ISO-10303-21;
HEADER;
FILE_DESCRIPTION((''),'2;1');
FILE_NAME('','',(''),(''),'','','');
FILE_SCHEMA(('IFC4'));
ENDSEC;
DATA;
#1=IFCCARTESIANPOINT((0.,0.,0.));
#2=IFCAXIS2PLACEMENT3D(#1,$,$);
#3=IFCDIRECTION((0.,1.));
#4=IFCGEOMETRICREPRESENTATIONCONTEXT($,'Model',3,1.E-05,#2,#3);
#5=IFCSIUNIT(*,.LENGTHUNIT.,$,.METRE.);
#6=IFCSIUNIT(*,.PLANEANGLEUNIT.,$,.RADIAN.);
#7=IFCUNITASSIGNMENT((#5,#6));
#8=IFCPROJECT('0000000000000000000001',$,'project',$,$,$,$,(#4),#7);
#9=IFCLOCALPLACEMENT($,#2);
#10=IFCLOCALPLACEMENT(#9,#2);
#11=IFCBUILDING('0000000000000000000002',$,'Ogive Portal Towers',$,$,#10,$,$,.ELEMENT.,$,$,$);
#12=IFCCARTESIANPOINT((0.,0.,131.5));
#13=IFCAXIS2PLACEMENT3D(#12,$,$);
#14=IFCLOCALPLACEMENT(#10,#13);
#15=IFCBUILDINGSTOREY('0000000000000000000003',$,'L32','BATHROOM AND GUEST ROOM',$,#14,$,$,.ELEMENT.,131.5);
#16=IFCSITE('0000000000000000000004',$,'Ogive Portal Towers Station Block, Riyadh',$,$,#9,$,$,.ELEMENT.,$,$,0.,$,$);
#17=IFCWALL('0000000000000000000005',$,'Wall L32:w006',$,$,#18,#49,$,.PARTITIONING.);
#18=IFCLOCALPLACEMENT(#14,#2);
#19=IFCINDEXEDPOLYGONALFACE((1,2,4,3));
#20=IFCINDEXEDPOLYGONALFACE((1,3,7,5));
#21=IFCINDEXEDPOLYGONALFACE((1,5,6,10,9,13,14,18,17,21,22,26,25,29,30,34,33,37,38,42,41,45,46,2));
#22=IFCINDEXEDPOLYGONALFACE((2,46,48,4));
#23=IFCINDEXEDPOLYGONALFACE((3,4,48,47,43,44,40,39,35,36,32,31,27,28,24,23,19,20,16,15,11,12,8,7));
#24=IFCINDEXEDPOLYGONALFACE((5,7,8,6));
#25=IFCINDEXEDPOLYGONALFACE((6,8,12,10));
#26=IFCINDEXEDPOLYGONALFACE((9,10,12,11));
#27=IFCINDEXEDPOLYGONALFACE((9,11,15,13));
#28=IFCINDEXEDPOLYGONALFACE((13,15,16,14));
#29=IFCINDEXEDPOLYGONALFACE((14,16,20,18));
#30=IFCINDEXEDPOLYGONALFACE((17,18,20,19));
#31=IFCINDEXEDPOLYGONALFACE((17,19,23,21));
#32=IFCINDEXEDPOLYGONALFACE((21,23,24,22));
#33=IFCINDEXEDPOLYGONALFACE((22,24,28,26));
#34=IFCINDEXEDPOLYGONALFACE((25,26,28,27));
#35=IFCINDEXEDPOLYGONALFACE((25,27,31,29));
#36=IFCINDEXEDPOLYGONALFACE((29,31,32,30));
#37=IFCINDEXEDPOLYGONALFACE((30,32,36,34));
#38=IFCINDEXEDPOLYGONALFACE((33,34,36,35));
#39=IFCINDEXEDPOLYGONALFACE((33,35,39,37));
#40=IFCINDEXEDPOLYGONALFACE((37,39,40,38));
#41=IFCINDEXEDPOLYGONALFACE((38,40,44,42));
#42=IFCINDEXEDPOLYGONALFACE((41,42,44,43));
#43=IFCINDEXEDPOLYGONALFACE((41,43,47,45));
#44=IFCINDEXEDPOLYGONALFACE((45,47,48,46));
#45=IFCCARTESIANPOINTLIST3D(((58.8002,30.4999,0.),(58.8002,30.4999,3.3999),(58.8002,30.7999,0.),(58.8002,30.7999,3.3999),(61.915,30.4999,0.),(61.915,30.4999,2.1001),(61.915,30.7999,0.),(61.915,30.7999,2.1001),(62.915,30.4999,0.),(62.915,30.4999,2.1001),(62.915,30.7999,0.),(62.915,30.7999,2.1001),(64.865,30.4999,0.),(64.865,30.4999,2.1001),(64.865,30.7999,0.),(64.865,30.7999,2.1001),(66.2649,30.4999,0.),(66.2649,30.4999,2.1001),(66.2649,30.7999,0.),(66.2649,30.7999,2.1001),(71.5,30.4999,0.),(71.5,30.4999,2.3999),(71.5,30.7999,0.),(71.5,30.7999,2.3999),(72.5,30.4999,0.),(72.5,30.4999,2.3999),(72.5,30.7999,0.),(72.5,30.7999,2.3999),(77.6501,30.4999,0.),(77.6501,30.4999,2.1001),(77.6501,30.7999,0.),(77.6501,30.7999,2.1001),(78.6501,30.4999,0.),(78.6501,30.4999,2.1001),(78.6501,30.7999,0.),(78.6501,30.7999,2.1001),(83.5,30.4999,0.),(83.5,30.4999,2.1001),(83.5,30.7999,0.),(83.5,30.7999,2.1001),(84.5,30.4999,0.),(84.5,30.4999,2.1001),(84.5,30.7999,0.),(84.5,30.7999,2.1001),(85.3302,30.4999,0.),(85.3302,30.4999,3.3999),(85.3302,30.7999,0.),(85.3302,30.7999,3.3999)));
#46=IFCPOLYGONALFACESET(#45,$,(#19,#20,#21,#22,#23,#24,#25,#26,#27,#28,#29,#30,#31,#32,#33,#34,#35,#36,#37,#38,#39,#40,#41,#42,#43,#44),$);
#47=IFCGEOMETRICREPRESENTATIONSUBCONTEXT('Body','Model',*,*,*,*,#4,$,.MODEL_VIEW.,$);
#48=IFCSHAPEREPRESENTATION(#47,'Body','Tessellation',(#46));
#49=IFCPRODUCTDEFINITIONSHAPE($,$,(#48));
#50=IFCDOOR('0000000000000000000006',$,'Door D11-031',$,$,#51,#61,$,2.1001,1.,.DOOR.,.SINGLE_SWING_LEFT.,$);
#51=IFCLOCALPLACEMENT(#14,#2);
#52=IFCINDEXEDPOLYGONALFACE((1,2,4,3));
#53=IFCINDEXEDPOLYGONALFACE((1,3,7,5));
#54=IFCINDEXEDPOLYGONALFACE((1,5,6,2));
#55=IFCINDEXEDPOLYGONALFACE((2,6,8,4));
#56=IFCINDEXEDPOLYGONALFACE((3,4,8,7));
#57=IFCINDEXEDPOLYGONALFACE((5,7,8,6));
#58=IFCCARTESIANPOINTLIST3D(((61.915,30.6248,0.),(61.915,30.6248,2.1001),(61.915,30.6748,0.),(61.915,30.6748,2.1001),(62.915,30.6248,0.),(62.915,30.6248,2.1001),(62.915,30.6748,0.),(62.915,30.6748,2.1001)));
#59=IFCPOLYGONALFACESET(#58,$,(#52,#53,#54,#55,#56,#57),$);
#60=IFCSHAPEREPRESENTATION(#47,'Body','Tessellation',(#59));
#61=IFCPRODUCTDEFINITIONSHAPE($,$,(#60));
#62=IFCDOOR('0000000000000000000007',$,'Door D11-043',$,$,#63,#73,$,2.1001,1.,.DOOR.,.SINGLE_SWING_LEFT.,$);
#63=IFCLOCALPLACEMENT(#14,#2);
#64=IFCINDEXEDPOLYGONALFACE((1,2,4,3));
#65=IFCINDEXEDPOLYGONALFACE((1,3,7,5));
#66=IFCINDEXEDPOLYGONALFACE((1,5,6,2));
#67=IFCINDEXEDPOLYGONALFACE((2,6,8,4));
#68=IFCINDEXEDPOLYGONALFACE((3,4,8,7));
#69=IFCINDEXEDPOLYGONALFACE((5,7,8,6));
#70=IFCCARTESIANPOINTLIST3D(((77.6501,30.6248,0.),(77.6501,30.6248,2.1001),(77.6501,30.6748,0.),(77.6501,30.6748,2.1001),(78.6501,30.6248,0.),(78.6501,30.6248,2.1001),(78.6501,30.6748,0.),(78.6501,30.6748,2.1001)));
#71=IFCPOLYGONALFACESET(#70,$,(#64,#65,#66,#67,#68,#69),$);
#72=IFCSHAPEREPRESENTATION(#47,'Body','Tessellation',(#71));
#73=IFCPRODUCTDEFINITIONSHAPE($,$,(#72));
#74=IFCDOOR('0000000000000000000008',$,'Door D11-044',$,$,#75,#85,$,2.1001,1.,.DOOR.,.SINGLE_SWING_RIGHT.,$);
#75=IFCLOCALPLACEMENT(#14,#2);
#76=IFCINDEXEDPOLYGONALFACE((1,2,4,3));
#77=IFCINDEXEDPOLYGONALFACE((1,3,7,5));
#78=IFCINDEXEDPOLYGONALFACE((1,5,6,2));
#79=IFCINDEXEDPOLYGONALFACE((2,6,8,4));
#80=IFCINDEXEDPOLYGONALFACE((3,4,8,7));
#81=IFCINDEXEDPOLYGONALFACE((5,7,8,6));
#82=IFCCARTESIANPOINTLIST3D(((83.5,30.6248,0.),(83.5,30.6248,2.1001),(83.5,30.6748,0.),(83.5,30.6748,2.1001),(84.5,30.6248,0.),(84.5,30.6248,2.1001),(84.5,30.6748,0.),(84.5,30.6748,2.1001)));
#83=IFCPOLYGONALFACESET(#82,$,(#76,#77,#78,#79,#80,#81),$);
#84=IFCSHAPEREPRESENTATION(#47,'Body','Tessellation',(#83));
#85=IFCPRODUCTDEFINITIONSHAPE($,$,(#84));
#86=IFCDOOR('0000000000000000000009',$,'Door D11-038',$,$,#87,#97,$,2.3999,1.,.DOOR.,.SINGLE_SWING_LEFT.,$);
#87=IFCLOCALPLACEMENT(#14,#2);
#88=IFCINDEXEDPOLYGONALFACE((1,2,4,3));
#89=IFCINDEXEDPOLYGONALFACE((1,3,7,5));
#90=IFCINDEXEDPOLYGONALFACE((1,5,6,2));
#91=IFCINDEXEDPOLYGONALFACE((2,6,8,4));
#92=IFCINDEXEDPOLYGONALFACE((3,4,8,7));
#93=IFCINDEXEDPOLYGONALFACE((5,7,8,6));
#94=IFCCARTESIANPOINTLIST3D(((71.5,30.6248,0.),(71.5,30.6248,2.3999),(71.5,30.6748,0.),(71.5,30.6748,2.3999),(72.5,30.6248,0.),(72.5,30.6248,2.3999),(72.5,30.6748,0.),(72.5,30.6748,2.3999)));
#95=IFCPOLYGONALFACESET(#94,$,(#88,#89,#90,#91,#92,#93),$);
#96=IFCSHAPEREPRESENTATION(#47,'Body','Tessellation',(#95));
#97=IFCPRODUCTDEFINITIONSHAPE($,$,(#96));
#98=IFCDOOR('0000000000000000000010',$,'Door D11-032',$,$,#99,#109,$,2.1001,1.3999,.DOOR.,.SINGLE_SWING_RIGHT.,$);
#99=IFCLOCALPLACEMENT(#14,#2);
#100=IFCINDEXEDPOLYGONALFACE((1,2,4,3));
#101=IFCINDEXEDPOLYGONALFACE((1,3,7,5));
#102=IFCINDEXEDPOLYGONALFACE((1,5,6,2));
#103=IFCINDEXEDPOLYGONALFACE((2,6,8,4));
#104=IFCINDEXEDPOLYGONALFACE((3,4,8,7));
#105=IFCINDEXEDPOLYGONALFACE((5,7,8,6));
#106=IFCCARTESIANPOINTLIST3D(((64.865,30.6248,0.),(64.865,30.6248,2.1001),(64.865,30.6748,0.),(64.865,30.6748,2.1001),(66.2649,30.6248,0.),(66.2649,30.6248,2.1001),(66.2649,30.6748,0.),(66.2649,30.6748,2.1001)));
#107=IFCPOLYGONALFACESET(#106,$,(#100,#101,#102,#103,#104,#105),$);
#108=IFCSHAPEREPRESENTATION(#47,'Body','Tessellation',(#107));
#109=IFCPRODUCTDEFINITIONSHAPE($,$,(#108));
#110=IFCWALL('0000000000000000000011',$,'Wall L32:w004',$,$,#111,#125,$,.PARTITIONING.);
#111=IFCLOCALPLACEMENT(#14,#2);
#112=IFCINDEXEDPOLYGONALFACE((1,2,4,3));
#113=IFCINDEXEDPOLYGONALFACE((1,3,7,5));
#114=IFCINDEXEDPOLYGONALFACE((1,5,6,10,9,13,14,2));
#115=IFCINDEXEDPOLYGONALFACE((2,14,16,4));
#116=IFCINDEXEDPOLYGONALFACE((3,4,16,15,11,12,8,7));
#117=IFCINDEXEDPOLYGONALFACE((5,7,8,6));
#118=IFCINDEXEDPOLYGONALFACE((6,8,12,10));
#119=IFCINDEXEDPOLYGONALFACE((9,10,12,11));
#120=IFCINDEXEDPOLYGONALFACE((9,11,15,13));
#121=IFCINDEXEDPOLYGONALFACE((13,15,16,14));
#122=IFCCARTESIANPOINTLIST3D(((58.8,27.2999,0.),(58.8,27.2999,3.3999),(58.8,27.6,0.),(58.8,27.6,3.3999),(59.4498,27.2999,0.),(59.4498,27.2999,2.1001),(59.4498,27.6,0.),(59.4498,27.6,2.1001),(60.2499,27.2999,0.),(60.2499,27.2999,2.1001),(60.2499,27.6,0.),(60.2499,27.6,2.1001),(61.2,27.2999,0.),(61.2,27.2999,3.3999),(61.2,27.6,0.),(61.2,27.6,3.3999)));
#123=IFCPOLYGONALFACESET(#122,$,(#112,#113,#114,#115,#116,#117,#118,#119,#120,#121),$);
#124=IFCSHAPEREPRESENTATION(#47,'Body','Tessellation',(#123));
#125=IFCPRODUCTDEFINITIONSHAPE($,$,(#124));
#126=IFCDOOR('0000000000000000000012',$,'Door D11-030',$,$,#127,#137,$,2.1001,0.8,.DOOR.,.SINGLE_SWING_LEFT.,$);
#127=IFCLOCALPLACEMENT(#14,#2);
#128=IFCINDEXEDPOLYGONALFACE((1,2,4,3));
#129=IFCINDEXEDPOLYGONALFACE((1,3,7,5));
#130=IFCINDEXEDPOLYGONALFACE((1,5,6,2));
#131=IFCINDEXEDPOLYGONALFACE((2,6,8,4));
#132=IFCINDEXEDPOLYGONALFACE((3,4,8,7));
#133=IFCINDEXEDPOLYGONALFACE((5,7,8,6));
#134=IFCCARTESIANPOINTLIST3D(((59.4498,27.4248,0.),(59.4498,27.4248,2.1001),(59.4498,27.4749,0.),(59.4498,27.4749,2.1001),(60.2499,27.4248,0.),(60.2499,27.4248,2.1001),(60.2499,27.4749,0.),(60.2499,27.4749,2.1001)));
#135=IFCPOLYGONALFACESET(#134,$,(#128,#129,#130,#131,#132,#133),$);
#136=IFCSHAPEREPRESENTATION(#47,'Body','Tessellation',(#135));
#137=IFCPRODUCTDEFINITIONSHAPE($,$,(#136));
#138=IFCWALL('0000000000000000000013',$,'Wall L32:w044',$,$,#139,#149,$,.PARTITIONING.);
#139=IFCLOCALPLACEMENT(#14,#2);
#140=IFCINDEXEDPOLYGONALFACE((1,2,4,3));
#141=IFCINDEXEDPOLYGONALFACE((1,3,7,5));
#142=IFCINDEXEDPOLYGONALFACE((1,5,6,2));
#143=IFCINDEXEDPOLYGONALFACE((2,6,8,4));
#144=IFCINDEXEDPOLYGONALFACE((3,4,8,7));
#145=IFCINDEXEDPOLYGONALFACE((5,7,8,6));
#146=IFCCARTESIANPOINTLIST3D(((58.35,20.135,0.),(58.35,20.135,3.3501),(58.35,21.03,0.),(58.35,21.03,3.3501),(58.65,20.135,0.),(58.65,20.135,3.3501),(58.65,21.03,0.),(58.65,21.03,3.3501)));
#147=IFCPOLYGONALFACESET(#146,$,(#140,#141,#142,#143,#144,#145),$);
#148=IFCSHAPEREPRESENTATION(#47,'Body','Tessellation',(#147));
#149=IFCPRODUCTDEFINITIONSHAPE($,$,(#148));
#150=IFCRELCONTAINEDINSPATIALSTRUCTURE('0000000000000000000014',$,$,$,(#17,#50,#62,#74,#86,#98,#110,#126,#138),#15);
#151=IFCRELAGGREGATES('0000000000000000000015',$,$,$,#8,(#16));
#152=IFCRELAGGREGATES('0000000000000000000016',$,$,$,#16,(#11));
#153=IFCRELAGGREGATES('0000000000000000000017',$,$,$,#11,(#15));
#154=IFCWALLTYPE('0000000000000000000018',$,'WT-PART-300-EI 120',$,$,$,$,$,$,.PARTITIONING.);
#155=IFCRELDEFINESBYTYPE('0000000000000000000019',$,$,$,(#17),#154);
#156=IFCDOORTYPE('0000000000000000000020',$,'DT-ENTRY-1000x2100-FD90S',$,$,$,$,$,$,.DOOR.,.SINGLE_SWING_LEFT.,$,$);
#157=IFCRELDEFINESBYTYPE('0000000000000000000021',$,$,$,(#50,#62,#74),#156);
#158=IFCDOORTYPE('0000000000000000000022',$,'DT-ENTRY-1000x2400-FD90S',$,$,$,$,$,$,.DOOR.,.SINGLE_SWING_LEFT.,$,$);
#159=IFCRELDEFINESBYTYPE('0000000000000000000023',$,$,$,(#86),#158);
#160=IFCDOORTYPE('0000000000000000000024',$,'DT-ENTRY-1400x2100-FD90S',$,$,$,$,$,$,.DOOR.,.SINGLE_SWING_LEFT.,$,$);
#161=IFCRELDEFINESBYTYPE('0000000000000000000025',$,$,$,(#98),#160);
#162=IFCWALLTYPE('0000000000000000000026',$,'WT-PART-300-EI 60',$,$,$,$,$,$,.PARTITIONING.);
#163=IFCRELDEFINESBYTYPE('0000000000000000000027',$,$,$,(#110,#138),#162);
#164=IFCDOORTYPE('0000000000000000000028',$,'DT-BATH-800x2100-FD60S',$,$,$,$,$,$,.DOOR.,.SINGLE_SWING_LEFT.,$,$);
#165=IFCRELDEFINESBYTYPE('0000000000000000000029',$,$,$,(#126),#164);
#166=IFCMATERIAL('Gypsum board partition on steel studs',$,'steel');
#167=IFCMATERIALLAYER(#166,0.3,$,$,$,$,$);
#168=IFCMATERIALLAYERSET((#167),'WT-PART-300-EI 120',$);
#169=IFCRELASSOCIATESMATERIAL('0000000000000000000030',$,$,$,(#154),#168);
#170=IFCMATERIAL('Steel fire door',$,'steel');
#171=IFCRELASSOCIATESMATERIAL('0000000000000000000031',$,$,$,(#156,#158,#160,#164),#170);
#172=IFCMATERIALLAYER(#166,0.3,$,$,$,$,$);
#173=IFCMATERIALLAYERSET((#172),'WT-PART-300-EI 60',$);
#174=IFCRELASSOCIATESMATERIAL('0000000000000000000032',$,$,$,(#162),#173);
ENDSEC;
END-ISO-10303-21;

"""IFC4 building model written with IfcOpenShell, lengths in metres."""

from ifc_helpers import new_model, si_unit, direction, frame, frame_2d, origin, place, context, subcontext, project, spatial, rectangle, extrude, material, layer, layer_set, type_object, element, fill, save


model = new_model("IFC4")

# Units and contexts
model_context = context("Model", 3, precision=1e-05, world=origin(), true_north=direction((0.0, 1.0)))
body_context = subcontext(model_context, "Body", "Model", "MODEL_VIEW")
ifc_project = project(units=[si_unit("LENGTHUNIT", "METRE"), si_unit("PLANEANGLEUNIT", "RADIAN")], contexts=[model_context])

# Site, building, storey
site_placement = place(None, origin())
site = spatial("IfcSite", under=ifc_project, at=site_placement, Name="Ogive Portal Towers Station Block, Riyadh", CompositionType="ELEMENT", RefElevation=0.0)
building_placement = place(site_placement, origin())
building = spatial("IfcBuilding", under=site, at=building_placement, Name="Ogive Portal Towers", CompositionType="ELEMENT")
storey_placement = place(building_placement, frame((0.0, 0.0, 131.5)))
storey = spatial("IfcBuildingStorey", under=building, at=storey_placement, Name="L32", Description="BATHROOM AND GUEST ROOM", CompositionType="ELEMENT", Elevation=131.5)

# Shared definitions
ifc_material_1 = material(Name="Steel fire door", Category="steel")
ifc_material_2 = material(Name="Gypsum board partition on steel studs", Category="steel")

# Wall, openings, doors
ifc_layer_1 = layer(ifc_material_2, 0.3)
ifc_layer_set_1 = layer_set([ifc_layer_1], Name="WT-PART-300-EI 120")
wall_type_1 = type_object("IfcWallType", Name="WT-PART-300-EI 120", PredefinedType="PARTITIONING", material=ifc_layer_set_1)
wall_1_placement = place(storey_placement, frame((58.8, 30.6499, 0.0), z_axis=(0.0, 0.0, 1.0), x_axis=(1.0, 0.0, 0.0)))
wall_1 = element("IfcWall", 1, at=wall_1_placement, inside=storey, type_object=wall_type_1, Name="Wall L32:w006", PredefinedType="PARTITIONING", context=body_context, shape_type="SweptSolid", body=[
    extrude(rectangle(XDim=26.53, YDim=0.3, at=frame_2d((13.2651, 0.0))), origin(), (0.0, 0.0, 1.0), 3.3999),
])
opening_1_placement = place(wall_1_placement, frame((3.115, 0.0, 0.0)))
opening_1 = element("IfcOpeningElement", 2, at=opening_1_placement, cuts=wall_1, PredefinedType="OPENING", context=body_context, shape_type="SweptSolid", body=[
    extrude(rectangle(XDim=1.0, YDim=2.1001, at=frame_2d((0.5, 1.05))), frame((0.0, 0.1602, 0.0), z_axis=(0.0, -1.0, 0.0), x_axis=(1.0, 0.0, 0.0)), (0.0, 0.0, 1.0), 0.3201),
])
opening_2_placement = place(wall_1_placement, frame((6.0649, 0.0, 0.0)))
opening_2 = element("IfcOpeningElement", 3, at=opening_2_placement, cuts=wall_1, PredefinedType="OPENING", context=body_context, shape_type="SweptSolid", body=[
    extrude(rectangle(XDim=1.3999, YDim=2.1001, at=frame_2d((0.7, 1.05))), frame((0.0, 0.1602, 0.0), z_axis=(0.0, -1.0, 0.0), x_axis=(1.0, 0.0, 0.0)), (0.0, 0.0, 1.0), 0.3201),
])
opening_3_placement = place(wall_1_placement, frame((12.7, 0.0, 0.0)))
opening_3 = element("IfcOpeningElement", 4, at=opening_3_placement, cuts=wall_1, PredefinedType="OPENING", context=body_context, shape_type="SweptSolid", body=[
    extrude(rectangle(XDim=1.0, YDim=2.3999, at=frame_2d((0.5, 1.2))), frame((0.0, 0.1602, 0.0), z_axis=(0.0, -1.0, 0.0), x_axis=(1.0, 0.0, 0.0)), (0.0, 0.0, 1.0), 0.3201),
])
opening_4_placement = place(wall_1_placement, frame((18.8501, 0.0, 0.0)))
opening_4 = element("IfcOpeningElement", 5, at=opening_4_placement, cuts=wall_1, PredefinedType="OPENING", context=body_context, shape_type="SweptSolid", body=[
    extrude(rectangle(XDim=1.0, YDim=2.1001, at=frame_2d((0.5, 1.05))), frame((0.0, 0.1602, 0.0), z_axis=(0.0, -1.0, 0.0), x_axis=(1.0, 0.0, 0.0)), (0.0, 0.0, 1.0), 0.3201),
])
opening_5_placement = place(wall_1_placement, frame((24.7, 0.0, 0.0)))
opening_5 = element("IfcOpeningElement", 6, at=opening_5_placement, cuts=wall_1, PredefinedType="OPENING", context=body_context, shape_type="SweptSolid", body=[
    extrude(rectangle(XDim=1.0, YDim=2.1001, at=frame_2d((0.5, 1.05))), frame((0.0, 0.1602, 0.0), z_axis=(0.0, -1.0, 0.0), x_axis=(1.0, 0.0, 0.0)), (0.0, 0.0, 1.0), 0.3201),
])
door_type_1 = type_object("IfcDoorType", Name="DT-ENTRY-1000x2100-FD90S", OperationType="SINGLE_SWING_LEFT", PredefinedType="DOOR", material=ifc_material_1)
door_1_placement = place(opening_1_placement, origin())
door_1 = element("IfcDoor", 7, at=door_1_placement, inside=storey, type_object=door_type_1, Name="Door D11-031", OperationType="SINGLE_SWING_LEFT", OverallHeight=2.1001, OverallWidth=1.0, PredefinedType="DOOR", context=body_context, shape_type="SweptSolid", body=[
    extrude(rectangle(XDim=1.0, YDim=2.1001, at=frame_2d((0.5, 1.05))), frame((0.0, 0.0249, 0.0), z_axis=(0.0, -1.0, 0.0), x_axis=(1.0, 0.0, 0.0)), (0.0, 0.0, 1.0), 0.05),
])
fill(opening_1, door_1)
door_2_placement = place(opening_4_placement, origin())
door_2 = element("IfcDoor", 8, at=door_2_placement, inside=storey, type_object=door_type_1, Name="Door D11-043", OperationType="SINGLE_SWING_LEFT", OverallHeight=2.1001, OverallWidth=1.0, PredefinedType="DOOR", context=body_context, shape_type="SweptSolid", body=[
    extrude(rectangle(XDim=1.0, YDim=2.1001, at=frame_2d((0.5, 1.05))), frame((0.0, 0.0249, 0.0), z_axis=(0.0, -1.0, 0.0), x_axis=(1.0, 0.0, 0.0)), (0.0, 0.0, 1.0), 0.05),
])
fill(opening_4, door_2)
door_3_placement = place(opening_5_placement, origin())
door_3 = element("IfcDoor", 9, at=door_3_placement, inside=storey, type_object=door_type_1, Name="Door D11-044", OperationType="SINGLE_SWING_RIGHT", OverallHeight=2.1001, OverallWidth=1.0, PredefinedType="DOOR", context=body_context, shape_type="SweptSolid", body=[
    extrude(rectangle(XDim=1.0, YDim=2.1001, at=frame_2d((0.5, 1.05))), frame((0.0, 0.0249, 0.0), z_axis=(0.0, -1.0, 0.0), x_axis=(1.0, 0.0, 0.0)), (0.0, 0.0, 1.0), 0.05),
])
fill(opening_5, door_3)
door_type_2 = type_object("IfcDoorType", Name="DT-ENTRY-1000x2400-FD90S", OperationType="SINGLE_SWING_LEFT", PredefinedType="DOOR", material=ifc_material_1)
door_4_placement = place(opening_3_placement, origin())
door_4 = element("IfcDoor", 10, at=door_4_placement, inside=storey, type_object=door_type_2, Name="Door D11-038", OperationType="SINGLE_SWING_LEFT", OverallHeight=2.3999, OverallWidth=1.0, PredefinedType="DOOR", context=body_context, shape_type="SweptSolid", body=[
    extrude(rectangle(XDim=1.0, YDim=2.3999, at=frame_2d((0.5, 1.2))), frame((0.0, 0.0249, 0.0), z_axis=(0.0, -1.0, 0.0), x_axis=(1.0, 0.0, 0.0)), (0.0, 0.0, 1.0), 0.05),
])
fill(opening_3, door_4)
door_type_3 = type_object("IfcDoorType", Name="DT-ENTRY-1400x2100-FD90S", OperationType="SINGLE_SWING_LEFT", PredefinedType="DOOR", material=ifc_material_1)
door_5_placement = place(opening_2_placement, origin())
door_5 = element("IfcDoor", 11, at=door_5_placement, inside=storey, type_object=door_type_3, Name="Door D11-032", OperationType="SINGLE_SWING_RIGHT", OverallHeight=2.1001, OverallWidth=1.3999, PredefinedType="DOOR", context=body_context, shape_type="SweptSolid", body=[
    extrude(rectangle(XDim=1.3999, YDim=2.1001, at=frame_2d((0.7, 1.05))), frame((0.0, 0.0249, 0.0), z_axis=(0.0, -1.0, 0.0), x_axis=(1.0, 0.0, 0.0)), (0.0, 0.0, 1.0), 0.05),
])
fill(opening_2, door_5)

# Wall, opening, door
ifc_layer_2 = layer(ifc_material_2, 0.3)
ifc_layer_set_2 = layer_set([ifc_layer_2], Name="WT-PART-300-EI 60")
wall_type_2 = type_object("IfcWallType", Name="WT-PART-300-EI 60", PredefinedType="PARTITIONING", material=ifc_layer_set_2)
wall_2_placement = place(storey_placement, frame((58.8, 27.45, 0.0), z_axis=(0.0, 0.0, 1.0), x_axis=(1.0, 0.0, 0.0)))
wall_2 = element("IfcWall", 12, at=wall_2_placement, inside=storey, type_object=wall_type_2, Name="Wall L32:w004", PredefinedType="PARTITIONING", context=body_context, shape_type="SweptSolid", body=[
    extrude(rectangle(XDim=2.3999, YDim=0.3, at=frame_2d((1.2, 0.0))), origin(), (0.0, 0.0, 1.0), 3.3999),
])
opening_6_placement = place(wall_2_placement, frame((0.6499, 0.0, 0.0)))
opening_6 = element("IfcOpeningElement", 13, at=opening_6_placement, cuts=wall_2, PredefinedType="OPENING", context=body_context, shape_type="SweptSolid", body=[
    extrude(rectangle(XDim=0.8, YDim=2.1001, at=frame_2d((0.3999, 1.05))), frame((0.0, 0.1602, 0.0), z_axis=(0.0, -1.0, 0.0), x_axis=(1.0, 0.0, 0.0)), (0.0, 0.0, 1.0), 0.3201),
])
door_type_4 = type_object("IfcDoorType", Name="DT-BATH-800x2100-FD60S", OperationType="SINGLE_SWING_LEFT", PredefinedType="DOOR", material=ifc_material_1)
door_6_placement = place(opening_6_placement, origin())
door_6 = element("IfcDoor", 14, at=door_6_placement, inside=storey, type_object=door_type_4, Name="Door D11-030", OperationType="SINGLE_SWING_LEFT", OverallHeight=2.1001, OverallWidth=0.8, PredefinedType="DOOR", context=body_context, shape_type="SweptSolid", body=[
    extrude(rectangle(XDim=0.8, YDim=2.1001, at=frame_2d((0.3999, 1.05))), frame((0.0, 0.0249, 0.0), z_axis=(0.0, -1.0, 0.0), x_axis=(1.0, 0.0, 0.0)), (0.0, 0.0, 1.0), 0.05),
])
fill(opening_6, door_6)

# Wall
wall_3_placement = place(storey_placement, frame((58.5, 20.135, 0.0), z_axis=(0.0, 0.0, 1.0), x_axis=(0.0, 1.0, 0.0)))
element("IfcWall", 15, at=wall_3_placement, inside=storey, type_object=wall_type_2, Name="Wall L32:w044", PredefinedType="PARTITIONING", context=body_context, shape_type="SweptSolid", body=[
    extrude(rectangle(XDim=0.895, YDim=0.3, at=frame_2d((0.4475, 0.0))), origin(), (0.0, 0.0, 1.0), 3.3501),
])

save(model, "model.ifc")
